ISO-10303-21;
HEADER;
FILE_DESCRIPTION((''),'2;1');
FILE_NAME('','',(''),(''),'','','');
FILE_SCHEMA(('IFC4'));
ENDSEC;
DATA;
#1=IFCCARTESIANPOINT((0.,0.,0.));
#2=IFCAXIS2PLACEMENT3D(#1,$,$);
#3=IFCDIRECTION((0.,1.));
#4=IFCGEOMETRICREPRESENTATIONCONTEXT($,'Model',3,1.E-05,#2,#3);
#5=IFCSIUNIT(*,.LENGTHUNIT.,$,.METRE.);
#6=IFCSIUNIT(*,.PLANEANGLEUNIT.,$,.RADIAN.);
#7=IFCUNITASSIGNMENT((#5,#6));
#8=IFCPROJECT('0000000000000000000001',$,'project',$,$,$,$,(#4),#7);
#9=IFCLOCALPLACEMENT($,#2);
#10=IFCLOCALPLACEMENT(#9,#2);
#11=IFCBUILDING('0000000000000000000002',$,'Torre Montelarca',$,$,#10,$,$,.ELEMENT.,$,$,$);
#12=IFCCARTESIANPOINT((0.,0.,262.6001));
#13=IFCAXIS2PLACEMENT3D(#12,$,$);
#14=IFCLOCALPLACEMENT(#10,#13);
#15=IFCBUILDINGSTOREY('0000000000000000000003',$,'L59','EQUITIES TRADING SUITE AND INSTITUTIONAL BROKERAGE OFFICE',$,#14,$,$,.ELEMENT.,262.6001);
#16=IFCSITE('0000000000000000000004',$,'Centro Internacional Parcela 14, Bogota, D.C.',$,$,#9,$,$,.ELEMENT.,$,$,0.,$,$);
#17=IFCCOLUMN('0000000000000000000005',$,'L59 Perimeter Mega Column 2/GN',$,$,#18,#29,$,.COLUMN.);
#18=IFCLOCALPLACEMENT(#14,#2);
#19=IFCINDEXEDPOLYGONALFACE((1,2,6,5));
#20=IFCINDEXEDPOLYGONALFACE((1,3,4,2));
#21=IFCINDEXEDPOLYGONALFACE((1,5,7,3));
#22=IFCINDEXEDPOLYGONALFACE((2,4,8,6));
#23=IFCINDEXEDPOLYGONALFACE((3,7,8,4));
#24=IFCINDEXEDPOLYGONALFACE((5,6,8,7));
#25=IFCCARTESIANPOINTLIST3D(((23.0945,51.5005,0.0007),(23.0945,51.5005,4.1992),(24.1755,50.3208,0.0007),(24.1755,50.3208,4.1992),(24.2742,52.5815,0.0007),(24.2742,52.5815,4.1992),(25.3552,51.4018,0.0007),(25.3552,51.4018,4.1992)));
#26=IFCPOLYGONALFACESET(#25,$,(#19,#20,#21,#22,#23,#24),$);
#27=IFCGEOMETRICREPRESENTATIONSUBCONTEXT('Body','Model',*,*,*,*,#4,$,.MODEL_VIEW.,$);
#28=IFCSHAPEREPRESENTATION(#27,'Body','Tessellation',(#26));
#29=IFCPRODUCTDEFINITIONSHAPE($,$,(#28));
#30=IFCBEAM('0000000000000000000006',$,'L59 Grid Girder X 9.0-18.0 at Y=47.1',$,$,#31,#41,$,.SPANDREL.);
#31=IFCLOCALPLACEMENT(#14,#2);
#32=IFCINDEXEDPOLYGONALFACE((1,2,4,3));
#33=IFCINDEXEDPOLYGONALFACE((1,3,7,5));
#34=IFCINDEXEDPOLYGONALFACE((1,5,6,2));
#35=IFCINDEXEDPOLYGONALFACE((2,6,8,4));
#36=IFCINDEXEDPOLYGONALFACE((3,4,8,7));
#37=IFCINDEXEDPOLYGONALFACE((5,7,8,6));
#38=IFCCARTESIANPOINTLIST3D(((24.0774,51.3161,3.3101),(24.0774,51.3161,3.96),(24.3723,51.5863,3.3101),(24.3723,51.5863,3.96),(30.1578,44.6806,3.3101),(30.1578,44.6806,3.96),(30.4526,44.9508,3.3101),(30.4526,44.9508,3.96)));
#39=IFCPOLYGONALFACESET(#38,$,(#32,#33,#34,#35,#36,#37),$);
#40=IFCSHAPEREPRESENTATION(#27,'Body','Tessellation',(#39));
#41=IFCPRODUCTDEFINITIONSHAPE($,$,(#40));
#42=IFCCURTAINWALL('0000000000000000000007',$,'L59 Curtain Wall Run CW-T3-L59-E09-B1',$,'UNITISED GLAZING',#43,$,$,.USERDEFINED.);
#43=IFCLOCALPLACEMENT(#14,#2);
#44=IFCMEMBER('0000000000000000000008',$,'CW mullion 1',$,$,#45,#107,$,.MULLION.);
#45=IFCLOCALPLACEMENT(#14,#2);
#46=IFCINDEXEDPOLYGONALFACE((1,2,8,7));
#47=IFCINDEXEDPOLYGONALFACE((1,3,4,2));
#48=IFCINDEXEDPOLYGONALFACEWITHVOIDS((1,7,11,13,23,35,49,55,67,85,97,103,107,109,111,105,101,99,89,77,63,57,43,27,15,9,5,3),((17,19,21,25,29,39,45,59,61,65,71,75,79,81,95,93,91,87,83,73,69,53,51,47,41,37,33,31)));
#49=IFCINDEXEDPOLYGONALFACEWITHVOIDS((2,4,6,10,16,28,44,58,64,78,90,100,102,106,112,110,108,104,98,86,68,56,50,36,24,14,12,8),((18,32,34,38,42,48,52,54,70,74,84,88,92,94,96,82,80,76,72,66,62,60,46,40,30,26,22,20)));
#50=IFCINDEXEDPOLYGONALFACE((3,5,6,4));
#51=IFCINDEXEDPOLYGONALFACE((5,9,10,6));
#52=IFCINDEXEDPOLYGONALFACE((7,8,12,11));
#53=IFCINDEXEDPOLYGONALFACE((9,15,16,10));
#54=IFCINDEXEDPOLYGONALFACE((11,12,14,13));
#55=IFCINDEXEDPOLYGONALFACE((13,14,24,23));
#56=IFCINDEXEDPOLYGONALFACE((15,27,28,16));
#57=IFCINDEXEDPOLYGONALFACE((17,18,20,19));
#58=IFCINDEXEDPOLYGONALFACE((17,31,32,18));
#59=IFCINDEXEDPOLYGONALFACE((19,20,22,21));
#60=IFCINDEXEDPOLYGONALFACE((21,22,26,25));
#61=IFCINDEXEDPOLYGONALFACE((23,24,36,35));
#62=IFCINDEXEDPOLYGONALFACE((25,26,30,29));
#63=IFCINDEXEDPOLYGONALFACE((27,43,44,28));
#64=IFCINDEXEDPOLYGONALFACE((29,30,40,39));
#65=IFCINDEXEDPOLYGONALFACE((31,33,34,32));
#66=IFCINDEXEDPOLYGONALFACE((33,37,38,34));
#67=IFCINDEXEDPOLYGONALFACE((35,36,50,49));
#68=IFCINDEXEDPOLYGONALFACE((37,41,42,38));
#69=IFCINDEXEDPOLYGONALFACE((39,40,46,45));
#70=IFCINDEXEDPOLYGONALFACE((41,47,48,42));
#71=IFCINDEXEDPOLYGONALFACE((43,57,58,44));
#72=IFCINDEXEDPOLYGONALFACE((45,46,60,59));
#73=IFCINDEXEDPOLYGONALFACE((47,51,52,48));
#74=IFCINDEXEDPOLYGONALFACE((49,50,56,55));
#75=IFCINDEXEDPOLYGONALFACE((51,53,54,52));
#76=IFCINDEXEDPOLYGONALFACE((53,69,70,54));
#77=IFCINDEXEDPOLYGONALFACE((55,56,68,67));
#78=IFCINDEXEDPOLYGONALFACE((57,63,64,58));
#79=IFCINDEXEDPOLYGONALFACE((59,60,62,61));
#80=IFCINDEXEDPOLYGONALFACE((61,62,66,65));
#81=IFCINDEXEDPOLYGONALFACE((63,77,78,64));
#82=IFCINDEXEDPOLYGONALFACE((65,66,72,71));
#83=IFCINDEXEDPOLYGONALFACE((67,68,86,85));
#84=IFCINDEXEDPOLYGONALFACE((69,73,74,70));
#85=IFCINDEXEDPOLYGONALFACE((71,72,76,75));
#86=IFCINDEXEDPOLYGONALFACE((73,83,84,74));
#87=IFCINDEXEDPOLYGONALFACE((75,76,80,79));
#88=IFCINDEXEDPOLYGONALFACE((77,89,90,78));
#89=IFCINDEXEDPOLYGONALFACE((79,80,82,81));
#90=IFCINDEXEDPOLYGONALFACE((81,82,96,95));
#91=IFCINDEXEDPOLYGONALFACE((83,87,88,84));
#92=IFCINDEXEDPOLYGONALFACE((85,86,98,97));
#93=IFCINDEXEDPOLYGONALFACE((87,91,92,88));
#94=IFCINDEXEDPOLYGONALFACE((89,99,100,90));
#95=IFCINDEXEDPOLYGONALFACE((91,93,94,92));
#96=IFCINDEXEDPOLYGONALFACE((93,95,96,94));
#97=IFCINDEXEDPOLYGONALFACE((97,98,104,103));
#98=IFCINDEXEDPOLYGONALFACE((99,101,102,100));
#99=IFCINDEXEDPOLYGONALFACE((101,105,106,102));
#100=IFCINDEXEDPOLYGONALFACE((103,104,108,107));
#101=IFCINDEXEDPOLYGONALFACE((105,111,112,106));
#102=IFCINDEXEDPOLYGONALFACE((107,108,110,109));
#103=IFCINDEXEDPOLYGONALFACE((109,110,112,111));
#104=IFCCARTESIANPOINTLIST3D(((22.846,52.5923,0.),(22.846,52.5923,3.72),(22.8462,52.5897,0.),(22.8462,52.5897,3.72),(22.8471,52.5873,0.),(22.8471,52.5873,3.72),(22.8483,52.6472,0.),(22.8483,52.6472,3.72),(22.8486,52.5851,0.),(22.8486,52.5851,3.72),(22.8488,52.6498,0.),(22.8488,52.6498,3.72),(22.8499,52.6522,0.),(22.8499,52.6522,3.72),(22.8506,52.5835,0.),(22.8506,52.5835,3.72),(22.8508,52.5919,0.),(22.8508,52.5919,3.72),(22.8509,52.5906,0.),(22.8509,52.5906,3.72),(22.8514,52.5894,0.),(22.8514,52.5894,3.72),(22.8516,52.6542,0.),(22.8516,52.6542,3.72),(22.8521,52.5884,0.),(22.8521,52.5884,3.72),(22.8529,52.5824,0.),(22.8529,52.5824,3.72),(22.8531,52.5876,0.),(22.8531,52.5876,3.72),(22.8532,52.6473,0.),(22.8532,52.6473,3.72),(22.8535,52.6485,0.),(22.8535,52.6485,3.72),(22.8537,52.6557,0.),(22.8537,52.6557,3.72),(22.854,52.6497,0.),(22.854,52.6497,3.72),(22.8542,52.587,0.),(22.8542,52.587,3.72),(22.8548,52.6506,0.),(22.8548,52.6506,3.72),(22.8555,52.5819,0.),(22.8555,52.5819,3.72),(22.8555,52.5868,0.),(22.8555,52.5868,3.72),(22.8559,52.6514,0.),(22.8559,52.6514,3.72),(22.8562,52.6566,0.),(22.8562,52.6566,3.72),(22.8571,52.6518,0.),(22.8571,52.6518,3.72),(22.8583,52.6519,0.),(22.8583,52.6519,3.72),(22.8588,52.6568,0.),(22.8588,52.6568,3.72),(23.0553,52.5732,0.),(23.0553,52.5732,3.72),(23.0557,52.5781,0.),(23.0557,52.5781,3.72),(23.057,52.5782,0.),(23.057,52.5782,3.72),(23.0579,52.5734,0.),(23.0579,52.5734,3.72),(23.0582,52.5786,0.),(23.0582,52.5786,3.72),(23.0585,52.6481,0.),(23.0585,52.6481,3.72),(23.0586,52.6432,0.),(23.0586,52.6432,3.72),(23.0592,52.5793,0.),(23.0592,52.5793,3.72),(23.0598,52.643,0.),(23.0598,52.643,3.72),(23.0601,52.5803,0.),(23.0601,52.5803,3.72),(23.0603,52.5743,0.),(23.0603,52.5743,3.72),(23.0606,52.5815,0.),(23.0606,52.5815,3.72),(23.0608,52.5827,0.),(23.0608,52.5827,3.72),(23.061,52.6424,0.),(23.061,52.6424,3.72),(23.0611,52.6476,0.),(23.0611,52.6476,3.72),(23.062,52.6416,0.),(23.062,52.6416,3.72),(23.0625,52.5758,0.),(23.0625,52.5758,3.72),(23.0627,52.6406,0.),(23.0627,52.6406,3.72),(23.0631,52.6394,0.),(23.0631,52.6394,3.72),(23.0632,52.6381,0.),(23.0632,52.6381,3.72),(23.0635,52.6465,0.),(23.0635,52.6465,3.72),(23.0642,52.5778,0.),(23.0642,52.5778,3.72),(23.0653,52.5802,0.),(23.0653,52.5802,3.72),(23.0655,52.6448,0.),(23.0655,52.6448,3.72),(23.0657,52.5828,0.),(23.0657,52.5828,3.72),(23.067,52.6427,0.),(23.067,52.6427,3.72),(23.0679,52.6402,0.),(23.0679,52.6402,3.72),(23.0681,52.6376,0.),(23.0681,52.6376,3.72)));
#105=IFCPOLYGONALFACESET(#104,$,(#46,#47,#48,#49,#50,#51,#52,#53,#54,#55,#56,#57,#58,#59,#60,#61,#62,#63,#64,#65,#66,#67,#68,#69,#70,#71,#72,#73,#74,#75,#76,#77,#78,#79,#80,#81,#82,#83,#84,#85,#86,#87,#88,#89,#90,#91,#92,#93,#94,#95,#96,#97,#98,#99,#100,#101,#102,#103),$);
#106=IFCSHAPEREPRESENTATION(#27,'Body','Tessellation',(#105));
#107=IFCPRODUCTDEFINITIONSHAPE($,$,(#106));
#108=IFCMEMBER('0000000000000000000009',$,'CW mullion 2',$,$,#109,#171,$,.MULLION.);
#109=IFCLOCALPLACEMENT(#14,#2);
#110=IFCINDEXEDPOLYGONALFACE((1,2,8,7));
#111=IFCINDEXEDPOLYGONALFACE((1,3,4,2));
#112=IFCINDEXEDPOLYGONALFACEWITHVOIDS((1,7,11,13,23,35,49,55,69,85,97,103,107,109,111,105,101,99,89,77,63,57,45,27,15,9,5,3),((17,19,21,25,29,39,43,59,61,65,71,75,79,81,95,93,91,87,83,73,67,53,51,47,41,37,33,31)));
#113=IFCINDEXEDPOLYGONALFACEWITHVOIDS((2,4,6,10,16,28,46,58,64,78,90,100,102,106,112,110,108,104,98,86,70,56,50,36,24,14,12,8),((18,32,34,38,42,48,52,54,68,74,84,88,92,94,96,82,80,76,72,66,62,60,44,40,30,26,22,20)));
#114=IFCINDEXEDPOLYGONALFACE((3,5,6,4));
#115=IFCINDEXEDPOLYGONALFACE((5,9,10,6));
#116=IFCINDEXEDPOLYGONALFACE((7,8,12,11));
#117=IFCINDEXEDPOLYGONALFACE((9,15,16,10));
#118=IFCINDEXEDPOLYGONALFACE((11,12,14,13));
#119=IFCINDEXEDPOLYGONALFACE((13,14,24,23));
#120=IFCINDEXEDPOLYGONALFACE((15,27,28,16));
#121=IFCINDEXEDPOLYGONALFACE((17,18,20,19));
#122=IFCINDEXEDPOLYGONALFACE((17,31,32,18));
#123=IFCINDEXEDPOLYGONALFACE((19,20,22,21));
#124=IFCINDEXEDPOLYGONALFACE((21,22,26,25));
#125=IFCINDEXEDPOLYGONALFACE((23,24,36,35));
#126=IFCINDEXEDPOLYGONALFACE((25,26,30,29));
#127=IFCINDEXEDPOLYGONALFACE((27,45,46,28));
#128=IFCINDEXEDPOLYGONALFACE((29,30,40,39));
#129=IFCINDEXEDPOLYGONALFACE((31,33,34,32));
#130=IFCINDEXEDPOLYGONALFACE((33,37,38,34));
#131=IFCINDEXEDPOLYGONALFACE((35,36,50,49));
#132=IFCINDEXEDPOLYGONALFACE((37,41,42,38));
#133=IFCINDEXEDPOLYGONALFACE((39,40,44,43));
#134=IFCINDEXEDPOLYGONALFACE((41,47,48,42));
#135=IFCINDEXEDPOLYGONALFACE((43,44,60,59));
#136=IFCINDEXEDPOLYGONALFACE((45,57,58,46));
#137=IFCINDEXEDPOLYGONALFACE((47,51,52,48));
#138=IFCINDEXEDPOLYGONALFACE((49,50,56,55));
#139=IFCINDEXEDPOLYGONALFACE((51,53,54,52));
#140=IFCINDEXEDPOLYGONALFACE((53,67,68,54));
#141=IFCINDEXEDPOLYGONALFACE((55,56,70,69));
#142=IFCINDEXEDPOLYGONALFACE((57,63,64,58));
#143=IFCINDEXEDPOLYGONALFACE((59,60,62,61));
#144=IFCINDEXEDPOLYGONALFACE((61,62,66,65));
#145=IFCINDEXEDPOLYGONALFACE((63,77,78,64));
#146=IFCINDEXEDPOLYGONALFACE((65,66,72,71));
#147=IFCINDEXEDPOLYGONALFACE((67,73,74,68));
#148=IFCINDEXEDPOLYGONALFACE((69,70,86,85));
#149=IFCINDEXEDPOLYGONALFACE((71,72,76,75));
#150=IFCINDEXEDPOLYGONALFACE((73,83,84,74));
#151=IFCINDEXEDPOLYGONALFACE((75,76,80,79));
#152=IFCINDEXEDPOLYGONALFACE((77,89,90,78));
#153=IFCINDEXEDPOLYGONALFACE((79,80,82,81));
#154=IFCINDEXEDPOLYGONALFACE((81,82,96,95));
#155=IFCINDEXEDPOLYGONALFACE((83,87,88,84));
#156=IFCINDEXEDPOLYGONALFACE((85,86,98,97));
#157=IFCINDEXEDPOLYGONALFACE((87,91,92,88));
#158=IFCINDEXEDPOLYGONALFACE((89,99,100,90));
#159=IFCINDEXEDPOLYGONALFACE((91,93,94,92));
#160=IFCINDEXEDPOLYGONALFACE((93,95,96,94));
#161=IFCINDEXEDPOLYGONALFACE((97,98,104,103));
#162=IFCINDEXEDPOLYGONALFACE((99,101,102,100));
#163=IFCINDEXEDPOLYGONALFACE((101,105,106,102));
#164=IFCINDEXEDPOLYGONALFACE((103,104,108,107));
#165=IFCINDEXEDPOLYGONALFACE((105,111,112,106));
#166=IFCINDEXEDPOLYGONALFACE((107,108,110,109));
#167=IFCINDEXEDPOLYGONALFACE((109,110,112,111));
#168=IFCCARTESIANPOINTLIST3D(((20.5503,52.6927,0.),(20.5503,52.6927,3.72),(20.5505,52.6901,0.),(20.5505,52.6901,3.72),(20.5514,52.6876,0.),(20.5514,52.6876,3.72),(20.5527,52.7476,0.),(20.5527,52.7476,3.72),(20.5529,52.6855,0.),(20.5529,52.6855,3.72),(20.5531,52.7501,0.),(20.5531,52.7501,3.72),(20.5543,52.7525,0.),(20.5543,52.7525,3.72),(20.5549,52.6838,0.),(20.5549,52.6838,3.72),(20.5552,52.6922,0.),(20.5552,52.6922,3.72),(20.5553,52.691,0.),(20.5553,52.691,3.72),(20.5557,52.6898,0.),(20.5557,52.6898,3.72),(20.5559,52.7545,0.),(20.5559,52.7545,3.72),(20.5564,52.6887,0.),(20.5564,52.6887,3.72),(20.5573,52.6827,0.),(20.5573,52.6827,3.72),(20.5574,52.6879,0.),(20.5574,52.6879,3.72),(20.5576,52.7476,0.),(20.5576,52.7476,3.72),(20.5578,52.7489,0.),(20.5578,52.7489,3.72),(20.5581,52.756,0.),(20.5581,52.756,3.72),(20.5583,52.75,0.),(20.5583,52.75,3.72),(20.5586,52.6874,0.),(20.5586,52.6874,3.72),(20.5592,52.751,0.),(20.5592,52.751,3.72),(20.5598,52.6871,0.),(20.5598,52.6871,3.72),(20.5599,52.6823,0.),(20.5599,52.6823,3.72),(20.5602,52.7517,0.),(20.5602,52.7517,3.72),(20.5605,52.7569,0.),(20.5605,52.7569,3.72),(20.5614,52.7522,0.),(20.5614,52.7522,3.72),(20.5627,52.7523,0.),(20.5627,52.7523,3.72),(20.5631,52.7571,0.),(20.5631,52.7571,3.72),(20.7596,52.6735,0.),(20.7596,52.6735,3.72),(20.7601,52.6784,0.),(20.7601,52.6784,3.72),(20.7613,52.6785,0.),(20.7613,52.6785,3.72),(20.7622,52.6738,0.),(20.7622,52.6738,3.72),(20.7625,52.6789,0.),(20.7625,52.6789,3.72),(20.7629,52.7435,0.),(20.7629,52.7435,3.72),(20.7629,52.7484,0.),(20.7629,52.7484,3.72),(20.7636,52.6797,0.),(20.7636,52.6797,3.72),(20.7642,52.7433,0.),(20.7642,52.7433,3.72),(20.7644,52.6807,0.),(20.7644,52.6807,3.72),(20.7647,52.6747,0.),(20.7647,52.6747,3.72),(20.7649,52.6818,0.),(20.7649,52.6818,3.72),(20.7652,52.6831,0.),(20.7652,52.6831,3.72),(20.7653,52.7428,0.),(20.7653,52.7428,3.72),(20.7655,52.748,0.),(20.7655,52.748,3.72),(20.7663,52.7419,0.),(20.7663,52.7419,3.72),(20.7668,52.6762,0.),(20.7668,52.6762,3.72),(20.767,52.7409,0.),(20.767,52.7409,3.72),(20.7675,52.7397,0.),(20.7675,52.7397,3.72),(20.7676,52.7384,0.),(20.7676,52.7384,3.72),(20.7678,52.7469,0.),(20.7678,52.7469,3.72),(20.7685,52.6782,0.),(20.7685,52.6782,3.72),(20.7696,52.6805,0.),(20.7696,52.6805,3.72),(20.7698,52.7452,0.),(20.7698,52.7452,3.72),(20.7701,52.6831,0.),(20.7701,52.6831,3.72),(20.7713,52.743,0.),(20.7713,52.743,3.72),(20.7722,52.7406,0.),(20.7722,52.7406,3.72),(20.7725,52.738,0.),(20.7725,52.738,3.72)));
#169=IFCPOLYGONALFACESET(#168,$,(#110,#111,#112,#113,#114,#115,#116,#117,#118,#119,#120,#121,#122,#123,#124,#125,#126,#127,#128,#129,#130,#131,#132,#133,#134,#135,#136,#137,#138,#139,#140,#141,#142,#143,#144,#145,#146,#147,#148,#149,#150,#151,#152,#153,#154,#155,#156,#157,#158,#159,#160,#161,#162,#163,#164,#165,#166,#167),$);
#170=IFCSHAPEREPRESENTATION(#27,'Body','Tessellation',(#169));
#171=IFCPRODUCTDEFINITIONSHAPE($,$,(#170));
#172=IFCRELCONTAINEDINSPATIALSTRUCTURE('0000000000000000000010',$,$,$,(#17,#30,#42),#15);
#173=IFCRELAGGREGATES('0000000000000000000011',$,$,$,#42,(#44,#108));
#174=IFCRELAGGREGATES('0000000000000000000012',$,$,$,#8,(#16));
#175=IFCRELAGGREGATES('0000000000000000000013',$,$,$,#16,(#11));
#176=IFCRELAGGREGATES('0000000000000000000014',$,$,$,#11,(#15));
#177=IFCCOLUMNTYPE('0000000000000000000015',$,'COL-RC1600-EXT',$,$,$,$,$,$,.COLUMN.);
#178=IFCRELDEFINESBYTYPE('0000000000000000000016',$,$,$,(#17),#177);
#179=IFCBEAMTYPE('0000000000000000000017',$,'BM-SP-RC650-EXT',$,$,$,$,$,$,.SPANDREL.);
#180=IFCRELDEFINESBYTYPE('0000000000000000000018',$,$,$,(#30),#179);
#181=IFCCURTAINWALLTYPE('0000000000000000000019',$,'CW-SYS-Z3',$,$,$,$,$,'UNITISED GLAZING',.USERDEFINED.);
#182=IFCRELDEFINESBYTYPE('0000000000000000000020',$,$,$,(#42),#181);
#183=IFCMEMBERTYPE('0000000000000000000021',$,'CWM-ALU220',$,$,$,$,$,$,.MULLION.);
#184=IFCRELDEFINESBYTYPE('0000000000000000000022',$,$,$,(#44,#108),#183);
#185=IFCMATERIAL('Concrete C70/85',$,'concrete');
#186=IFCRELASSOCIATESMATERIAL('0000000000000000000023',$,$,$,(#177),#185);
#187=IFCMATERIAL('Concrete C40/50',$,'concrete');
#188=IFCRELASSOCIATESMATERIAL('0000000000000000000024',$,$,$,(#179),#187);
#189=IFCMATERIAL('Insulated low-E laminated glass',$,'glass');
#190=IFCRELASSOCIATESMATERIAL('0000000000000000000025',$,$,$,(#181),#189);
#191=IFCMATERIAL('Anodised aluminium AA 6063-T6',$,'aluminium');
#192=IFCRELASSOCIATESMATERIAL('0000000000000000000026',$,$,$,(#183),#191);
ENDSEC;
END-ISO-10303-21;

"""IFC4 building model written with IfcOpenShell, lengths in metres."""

from ifc_helpers import new_model, si_unit, direction, frame, origin, origin_2d, place, context, subcontext, project, spatial, rectangle, hollow_rectangle, extrude, source, transform, mapped, material, material_profile, profile_set, type_object, element, aggregate, save


model = new_model("IFC4")

# Units and contexts
model_context = context("Model", 3, precision=1e-05, world=origin(), true_north=direction((0.0, 1.0)))
body_context = subcontext(model_context, "Body", "Model", "MODEL_VIEW")
ifc_project = project(units=[si_unit("LENGTHUNIT", "METRE"), si_unit("PLANEANGLEUNIT", "RADIAN")], contexts=[model_context])

# Site, building, storey
site_placement = place(None, origin())
site = spatial("IfcSite", under=ifc_project, at=site_placement, Name="Centro Internacional Parcela 14, Bogota, D.C.", CompositionType="ELEMENT", RefElevation=0.0)
building_placement = place(site_placement, origin())
building = spatial("IfcBuilding", under=site, at=building_placement, Name="Torre Montelarca", CompositionType="ELEMENT")
storey_placement = place(building_placement, frame((0.0, 0.0, 262.6001)))
storey = spatial("IfcBuildingStorey", under=building, at=storey_placement, Name="L59", Description="EQUITIES TRADING SUITE AND INSTITUTIONAL BROKERAGE OFFICE", CompositionType="ELEMENT", Elevation=262.6001)

# Column
ifc_material_1 = material(Name="Concrete C70/85", Category="concrete")
ifc_material_profile_1 = material_profile(ifc_material_1, rectangle(XDim=1.6001, YDim=1.6001, at=origin_2d()), Name="RC1600X1600", Category="concrete")
ifc_profile_set_1 = profile_set([ifc_material_profile_1], Name="Concrete C70/85")
column_type = type_object("IfcColumnType", Name="COL-RC1600-EXT", PredefinedType="COLUMN", material=ifc_profile_set_1)
shared_shape_1 = source(origin(), body_context, "Body", "SweptSolid", [
    extrude(rectangle(XDim=1.6001, YDim=1.6001, at=origin_2d()), origin(), (0.0, 0.0, 1.0), 4.1985),
])
column_placement = place(storey_placement, frame((24.2249, 51.4512, 0.0007), z_axis=(0.0, 0.0, 1.0), x_axis=(-0.67559, 0.737277, 0.0)))
element("IfcColumn", 1, at=column_placement, inside=storey, type_object=column_type, Name="L59 Perimeter Mega Column 2/GN", PredefinedType="COLUMN", context=body_context, shape_type="MappedRepresentation", body=[
    mapped(shared_shape_1, transform((0.0, 0.0, 0.0), scale=1.0)),
])

# Beam
ifc_material_2 = material(Name="Concrete C40/50", Category="concrete")
ifc_material_profile_2 = material_profile(ifc_material_2, rectangle(XDim=0.3999, YDim=0.6499, at=origin_2d()), Name="RCB400X650", Category="concrete")
ifc_profile_set_2 = profile_set([ifc_material_profile_2], Name="Concrete C40/50")
beam_type = type_object("IfcBeamType", Name="BM-SP-RC650-EXT", PredefinedType="SPANDREL", material=ifc_profile_set_2)
shared_shape_2 = source(origin(), body_context, "Body", "SweptSolid", [
    extrude(rectangle(XDim=0.3999, YDim=0.6499, at=origin_2d()), origin(), (0.0, 0.0, 1.0), 9.0),
])
beam_placement = place(storey_placement, frame((24.2249, 51.4512, 3.635), z_axis=(0.675591, -0.737277, 0.0), x_axis=(0.737277, 0.675591, 0.0)))
element("IfcBeam", 2, at=beam_placement, inside=storey, type_object=beam_type, Name="L59 Grid Girder X 9.0-18.0 at Y=47.1", PredefinedType="SPANDREL", context=body_context, shape_type="MappedRepresentation", body=[
    mapped(shared_shape_2, transform((0.0, 0.0, 0.0), scale=1.0)),
])

# Curtain wall, members
ifc_material_3 = material(Name="Insulated low-E laminated glass", Category="glass")
curtain_wall_type = type_object("IfcCurtainWallType", Name="CW-SYS-Z3", ElementType="UNITISED GLAZING", PredefinedType="USERDEFINED", material=ifc_material_3)
curtain_wall_placement = place(storey_placement, origin())
curtain_wall = element("IfcCurtainWall", 3, at=curtain_wall_placement, inside=storey, type_object=curtain_wall_type, Name="L59 Curtain Wall Run CW-T3-L59-E09-B1", ObjectType="UNITISED GLAZING", PredefinedType="USERDEFINED")
ifc_material_4 = material(Name="Anodised aluminium AA 6063-T6", Category="aluminium")
ifc_material_profile_3 = material_profile(ifc_material_4, hollow_rectangle(XDim=0.075, YDim=0.22, WallThickness=0.0049, InnerFilletRadius=0.0049, OuterFilletRadius=0.01, at=origin_2d()), Name="ALU75X220X5", Category="aluminium")
ifc_profile_set_3 = profile_set([ifc_material_profile_3], Name="Anodised aluminium AA 6063-T6")
member_type_1 = type_object("IfcMemberType", Name="CWM-ALU220", PredefinedType="MULLION", material=ifc_profile_set_3)
shared_shape_3 = source(origin(), body_context, "Body", "SweptSolid", [
    extrude(hollow_rectangle(XDim=0.075, YDim=0.22, WallThickness=0.0049, InnerFilletRadius=0.0049, OuterFilletRadius=0.01, at=origin_2d()), origin(), (0.0, 0.0, 1.0), 3.72),
])
member_1_placement = place(storey_placement, frame((22.957, 52.615, 0.0), z_axis=(0.0, 0.0, 1.0), x_axis=(-0.043613, -0.999049, 0.0)))
member_1 = element("IfcMember", 4, at=member_1_placement, type_object=member_type_1, Name="CW mullion 1", PredefinedType="MULLION", context=body_context, shape_type="MappedRepresentation", body=[
    mapped(shared_shape_3, transform((0.0, 0.0, 0.0), scale=1.0)),
])
member_2_placement = place(storey_placement, frame((20.6614, 52.7153, 0.0), z_axis=(0.0, 0.0, 1.0), x_axis=(-0.043613, -0.999049, 0.0)))
member_2 = element("IfcMember", 5, at=member_2_placement, type_object=member_type_1, Name="CW mullion 2", PredefinedType="MULLION", context=body_context, shape_type="MappedRepresentation", body=[
    mapped(shared_shape_3, transform((0.0, 0.0, 0.0), scale=1.0)),
])
aggregate(curtain_wall, [member_1, member_2])

save(model, "model.ifc")
